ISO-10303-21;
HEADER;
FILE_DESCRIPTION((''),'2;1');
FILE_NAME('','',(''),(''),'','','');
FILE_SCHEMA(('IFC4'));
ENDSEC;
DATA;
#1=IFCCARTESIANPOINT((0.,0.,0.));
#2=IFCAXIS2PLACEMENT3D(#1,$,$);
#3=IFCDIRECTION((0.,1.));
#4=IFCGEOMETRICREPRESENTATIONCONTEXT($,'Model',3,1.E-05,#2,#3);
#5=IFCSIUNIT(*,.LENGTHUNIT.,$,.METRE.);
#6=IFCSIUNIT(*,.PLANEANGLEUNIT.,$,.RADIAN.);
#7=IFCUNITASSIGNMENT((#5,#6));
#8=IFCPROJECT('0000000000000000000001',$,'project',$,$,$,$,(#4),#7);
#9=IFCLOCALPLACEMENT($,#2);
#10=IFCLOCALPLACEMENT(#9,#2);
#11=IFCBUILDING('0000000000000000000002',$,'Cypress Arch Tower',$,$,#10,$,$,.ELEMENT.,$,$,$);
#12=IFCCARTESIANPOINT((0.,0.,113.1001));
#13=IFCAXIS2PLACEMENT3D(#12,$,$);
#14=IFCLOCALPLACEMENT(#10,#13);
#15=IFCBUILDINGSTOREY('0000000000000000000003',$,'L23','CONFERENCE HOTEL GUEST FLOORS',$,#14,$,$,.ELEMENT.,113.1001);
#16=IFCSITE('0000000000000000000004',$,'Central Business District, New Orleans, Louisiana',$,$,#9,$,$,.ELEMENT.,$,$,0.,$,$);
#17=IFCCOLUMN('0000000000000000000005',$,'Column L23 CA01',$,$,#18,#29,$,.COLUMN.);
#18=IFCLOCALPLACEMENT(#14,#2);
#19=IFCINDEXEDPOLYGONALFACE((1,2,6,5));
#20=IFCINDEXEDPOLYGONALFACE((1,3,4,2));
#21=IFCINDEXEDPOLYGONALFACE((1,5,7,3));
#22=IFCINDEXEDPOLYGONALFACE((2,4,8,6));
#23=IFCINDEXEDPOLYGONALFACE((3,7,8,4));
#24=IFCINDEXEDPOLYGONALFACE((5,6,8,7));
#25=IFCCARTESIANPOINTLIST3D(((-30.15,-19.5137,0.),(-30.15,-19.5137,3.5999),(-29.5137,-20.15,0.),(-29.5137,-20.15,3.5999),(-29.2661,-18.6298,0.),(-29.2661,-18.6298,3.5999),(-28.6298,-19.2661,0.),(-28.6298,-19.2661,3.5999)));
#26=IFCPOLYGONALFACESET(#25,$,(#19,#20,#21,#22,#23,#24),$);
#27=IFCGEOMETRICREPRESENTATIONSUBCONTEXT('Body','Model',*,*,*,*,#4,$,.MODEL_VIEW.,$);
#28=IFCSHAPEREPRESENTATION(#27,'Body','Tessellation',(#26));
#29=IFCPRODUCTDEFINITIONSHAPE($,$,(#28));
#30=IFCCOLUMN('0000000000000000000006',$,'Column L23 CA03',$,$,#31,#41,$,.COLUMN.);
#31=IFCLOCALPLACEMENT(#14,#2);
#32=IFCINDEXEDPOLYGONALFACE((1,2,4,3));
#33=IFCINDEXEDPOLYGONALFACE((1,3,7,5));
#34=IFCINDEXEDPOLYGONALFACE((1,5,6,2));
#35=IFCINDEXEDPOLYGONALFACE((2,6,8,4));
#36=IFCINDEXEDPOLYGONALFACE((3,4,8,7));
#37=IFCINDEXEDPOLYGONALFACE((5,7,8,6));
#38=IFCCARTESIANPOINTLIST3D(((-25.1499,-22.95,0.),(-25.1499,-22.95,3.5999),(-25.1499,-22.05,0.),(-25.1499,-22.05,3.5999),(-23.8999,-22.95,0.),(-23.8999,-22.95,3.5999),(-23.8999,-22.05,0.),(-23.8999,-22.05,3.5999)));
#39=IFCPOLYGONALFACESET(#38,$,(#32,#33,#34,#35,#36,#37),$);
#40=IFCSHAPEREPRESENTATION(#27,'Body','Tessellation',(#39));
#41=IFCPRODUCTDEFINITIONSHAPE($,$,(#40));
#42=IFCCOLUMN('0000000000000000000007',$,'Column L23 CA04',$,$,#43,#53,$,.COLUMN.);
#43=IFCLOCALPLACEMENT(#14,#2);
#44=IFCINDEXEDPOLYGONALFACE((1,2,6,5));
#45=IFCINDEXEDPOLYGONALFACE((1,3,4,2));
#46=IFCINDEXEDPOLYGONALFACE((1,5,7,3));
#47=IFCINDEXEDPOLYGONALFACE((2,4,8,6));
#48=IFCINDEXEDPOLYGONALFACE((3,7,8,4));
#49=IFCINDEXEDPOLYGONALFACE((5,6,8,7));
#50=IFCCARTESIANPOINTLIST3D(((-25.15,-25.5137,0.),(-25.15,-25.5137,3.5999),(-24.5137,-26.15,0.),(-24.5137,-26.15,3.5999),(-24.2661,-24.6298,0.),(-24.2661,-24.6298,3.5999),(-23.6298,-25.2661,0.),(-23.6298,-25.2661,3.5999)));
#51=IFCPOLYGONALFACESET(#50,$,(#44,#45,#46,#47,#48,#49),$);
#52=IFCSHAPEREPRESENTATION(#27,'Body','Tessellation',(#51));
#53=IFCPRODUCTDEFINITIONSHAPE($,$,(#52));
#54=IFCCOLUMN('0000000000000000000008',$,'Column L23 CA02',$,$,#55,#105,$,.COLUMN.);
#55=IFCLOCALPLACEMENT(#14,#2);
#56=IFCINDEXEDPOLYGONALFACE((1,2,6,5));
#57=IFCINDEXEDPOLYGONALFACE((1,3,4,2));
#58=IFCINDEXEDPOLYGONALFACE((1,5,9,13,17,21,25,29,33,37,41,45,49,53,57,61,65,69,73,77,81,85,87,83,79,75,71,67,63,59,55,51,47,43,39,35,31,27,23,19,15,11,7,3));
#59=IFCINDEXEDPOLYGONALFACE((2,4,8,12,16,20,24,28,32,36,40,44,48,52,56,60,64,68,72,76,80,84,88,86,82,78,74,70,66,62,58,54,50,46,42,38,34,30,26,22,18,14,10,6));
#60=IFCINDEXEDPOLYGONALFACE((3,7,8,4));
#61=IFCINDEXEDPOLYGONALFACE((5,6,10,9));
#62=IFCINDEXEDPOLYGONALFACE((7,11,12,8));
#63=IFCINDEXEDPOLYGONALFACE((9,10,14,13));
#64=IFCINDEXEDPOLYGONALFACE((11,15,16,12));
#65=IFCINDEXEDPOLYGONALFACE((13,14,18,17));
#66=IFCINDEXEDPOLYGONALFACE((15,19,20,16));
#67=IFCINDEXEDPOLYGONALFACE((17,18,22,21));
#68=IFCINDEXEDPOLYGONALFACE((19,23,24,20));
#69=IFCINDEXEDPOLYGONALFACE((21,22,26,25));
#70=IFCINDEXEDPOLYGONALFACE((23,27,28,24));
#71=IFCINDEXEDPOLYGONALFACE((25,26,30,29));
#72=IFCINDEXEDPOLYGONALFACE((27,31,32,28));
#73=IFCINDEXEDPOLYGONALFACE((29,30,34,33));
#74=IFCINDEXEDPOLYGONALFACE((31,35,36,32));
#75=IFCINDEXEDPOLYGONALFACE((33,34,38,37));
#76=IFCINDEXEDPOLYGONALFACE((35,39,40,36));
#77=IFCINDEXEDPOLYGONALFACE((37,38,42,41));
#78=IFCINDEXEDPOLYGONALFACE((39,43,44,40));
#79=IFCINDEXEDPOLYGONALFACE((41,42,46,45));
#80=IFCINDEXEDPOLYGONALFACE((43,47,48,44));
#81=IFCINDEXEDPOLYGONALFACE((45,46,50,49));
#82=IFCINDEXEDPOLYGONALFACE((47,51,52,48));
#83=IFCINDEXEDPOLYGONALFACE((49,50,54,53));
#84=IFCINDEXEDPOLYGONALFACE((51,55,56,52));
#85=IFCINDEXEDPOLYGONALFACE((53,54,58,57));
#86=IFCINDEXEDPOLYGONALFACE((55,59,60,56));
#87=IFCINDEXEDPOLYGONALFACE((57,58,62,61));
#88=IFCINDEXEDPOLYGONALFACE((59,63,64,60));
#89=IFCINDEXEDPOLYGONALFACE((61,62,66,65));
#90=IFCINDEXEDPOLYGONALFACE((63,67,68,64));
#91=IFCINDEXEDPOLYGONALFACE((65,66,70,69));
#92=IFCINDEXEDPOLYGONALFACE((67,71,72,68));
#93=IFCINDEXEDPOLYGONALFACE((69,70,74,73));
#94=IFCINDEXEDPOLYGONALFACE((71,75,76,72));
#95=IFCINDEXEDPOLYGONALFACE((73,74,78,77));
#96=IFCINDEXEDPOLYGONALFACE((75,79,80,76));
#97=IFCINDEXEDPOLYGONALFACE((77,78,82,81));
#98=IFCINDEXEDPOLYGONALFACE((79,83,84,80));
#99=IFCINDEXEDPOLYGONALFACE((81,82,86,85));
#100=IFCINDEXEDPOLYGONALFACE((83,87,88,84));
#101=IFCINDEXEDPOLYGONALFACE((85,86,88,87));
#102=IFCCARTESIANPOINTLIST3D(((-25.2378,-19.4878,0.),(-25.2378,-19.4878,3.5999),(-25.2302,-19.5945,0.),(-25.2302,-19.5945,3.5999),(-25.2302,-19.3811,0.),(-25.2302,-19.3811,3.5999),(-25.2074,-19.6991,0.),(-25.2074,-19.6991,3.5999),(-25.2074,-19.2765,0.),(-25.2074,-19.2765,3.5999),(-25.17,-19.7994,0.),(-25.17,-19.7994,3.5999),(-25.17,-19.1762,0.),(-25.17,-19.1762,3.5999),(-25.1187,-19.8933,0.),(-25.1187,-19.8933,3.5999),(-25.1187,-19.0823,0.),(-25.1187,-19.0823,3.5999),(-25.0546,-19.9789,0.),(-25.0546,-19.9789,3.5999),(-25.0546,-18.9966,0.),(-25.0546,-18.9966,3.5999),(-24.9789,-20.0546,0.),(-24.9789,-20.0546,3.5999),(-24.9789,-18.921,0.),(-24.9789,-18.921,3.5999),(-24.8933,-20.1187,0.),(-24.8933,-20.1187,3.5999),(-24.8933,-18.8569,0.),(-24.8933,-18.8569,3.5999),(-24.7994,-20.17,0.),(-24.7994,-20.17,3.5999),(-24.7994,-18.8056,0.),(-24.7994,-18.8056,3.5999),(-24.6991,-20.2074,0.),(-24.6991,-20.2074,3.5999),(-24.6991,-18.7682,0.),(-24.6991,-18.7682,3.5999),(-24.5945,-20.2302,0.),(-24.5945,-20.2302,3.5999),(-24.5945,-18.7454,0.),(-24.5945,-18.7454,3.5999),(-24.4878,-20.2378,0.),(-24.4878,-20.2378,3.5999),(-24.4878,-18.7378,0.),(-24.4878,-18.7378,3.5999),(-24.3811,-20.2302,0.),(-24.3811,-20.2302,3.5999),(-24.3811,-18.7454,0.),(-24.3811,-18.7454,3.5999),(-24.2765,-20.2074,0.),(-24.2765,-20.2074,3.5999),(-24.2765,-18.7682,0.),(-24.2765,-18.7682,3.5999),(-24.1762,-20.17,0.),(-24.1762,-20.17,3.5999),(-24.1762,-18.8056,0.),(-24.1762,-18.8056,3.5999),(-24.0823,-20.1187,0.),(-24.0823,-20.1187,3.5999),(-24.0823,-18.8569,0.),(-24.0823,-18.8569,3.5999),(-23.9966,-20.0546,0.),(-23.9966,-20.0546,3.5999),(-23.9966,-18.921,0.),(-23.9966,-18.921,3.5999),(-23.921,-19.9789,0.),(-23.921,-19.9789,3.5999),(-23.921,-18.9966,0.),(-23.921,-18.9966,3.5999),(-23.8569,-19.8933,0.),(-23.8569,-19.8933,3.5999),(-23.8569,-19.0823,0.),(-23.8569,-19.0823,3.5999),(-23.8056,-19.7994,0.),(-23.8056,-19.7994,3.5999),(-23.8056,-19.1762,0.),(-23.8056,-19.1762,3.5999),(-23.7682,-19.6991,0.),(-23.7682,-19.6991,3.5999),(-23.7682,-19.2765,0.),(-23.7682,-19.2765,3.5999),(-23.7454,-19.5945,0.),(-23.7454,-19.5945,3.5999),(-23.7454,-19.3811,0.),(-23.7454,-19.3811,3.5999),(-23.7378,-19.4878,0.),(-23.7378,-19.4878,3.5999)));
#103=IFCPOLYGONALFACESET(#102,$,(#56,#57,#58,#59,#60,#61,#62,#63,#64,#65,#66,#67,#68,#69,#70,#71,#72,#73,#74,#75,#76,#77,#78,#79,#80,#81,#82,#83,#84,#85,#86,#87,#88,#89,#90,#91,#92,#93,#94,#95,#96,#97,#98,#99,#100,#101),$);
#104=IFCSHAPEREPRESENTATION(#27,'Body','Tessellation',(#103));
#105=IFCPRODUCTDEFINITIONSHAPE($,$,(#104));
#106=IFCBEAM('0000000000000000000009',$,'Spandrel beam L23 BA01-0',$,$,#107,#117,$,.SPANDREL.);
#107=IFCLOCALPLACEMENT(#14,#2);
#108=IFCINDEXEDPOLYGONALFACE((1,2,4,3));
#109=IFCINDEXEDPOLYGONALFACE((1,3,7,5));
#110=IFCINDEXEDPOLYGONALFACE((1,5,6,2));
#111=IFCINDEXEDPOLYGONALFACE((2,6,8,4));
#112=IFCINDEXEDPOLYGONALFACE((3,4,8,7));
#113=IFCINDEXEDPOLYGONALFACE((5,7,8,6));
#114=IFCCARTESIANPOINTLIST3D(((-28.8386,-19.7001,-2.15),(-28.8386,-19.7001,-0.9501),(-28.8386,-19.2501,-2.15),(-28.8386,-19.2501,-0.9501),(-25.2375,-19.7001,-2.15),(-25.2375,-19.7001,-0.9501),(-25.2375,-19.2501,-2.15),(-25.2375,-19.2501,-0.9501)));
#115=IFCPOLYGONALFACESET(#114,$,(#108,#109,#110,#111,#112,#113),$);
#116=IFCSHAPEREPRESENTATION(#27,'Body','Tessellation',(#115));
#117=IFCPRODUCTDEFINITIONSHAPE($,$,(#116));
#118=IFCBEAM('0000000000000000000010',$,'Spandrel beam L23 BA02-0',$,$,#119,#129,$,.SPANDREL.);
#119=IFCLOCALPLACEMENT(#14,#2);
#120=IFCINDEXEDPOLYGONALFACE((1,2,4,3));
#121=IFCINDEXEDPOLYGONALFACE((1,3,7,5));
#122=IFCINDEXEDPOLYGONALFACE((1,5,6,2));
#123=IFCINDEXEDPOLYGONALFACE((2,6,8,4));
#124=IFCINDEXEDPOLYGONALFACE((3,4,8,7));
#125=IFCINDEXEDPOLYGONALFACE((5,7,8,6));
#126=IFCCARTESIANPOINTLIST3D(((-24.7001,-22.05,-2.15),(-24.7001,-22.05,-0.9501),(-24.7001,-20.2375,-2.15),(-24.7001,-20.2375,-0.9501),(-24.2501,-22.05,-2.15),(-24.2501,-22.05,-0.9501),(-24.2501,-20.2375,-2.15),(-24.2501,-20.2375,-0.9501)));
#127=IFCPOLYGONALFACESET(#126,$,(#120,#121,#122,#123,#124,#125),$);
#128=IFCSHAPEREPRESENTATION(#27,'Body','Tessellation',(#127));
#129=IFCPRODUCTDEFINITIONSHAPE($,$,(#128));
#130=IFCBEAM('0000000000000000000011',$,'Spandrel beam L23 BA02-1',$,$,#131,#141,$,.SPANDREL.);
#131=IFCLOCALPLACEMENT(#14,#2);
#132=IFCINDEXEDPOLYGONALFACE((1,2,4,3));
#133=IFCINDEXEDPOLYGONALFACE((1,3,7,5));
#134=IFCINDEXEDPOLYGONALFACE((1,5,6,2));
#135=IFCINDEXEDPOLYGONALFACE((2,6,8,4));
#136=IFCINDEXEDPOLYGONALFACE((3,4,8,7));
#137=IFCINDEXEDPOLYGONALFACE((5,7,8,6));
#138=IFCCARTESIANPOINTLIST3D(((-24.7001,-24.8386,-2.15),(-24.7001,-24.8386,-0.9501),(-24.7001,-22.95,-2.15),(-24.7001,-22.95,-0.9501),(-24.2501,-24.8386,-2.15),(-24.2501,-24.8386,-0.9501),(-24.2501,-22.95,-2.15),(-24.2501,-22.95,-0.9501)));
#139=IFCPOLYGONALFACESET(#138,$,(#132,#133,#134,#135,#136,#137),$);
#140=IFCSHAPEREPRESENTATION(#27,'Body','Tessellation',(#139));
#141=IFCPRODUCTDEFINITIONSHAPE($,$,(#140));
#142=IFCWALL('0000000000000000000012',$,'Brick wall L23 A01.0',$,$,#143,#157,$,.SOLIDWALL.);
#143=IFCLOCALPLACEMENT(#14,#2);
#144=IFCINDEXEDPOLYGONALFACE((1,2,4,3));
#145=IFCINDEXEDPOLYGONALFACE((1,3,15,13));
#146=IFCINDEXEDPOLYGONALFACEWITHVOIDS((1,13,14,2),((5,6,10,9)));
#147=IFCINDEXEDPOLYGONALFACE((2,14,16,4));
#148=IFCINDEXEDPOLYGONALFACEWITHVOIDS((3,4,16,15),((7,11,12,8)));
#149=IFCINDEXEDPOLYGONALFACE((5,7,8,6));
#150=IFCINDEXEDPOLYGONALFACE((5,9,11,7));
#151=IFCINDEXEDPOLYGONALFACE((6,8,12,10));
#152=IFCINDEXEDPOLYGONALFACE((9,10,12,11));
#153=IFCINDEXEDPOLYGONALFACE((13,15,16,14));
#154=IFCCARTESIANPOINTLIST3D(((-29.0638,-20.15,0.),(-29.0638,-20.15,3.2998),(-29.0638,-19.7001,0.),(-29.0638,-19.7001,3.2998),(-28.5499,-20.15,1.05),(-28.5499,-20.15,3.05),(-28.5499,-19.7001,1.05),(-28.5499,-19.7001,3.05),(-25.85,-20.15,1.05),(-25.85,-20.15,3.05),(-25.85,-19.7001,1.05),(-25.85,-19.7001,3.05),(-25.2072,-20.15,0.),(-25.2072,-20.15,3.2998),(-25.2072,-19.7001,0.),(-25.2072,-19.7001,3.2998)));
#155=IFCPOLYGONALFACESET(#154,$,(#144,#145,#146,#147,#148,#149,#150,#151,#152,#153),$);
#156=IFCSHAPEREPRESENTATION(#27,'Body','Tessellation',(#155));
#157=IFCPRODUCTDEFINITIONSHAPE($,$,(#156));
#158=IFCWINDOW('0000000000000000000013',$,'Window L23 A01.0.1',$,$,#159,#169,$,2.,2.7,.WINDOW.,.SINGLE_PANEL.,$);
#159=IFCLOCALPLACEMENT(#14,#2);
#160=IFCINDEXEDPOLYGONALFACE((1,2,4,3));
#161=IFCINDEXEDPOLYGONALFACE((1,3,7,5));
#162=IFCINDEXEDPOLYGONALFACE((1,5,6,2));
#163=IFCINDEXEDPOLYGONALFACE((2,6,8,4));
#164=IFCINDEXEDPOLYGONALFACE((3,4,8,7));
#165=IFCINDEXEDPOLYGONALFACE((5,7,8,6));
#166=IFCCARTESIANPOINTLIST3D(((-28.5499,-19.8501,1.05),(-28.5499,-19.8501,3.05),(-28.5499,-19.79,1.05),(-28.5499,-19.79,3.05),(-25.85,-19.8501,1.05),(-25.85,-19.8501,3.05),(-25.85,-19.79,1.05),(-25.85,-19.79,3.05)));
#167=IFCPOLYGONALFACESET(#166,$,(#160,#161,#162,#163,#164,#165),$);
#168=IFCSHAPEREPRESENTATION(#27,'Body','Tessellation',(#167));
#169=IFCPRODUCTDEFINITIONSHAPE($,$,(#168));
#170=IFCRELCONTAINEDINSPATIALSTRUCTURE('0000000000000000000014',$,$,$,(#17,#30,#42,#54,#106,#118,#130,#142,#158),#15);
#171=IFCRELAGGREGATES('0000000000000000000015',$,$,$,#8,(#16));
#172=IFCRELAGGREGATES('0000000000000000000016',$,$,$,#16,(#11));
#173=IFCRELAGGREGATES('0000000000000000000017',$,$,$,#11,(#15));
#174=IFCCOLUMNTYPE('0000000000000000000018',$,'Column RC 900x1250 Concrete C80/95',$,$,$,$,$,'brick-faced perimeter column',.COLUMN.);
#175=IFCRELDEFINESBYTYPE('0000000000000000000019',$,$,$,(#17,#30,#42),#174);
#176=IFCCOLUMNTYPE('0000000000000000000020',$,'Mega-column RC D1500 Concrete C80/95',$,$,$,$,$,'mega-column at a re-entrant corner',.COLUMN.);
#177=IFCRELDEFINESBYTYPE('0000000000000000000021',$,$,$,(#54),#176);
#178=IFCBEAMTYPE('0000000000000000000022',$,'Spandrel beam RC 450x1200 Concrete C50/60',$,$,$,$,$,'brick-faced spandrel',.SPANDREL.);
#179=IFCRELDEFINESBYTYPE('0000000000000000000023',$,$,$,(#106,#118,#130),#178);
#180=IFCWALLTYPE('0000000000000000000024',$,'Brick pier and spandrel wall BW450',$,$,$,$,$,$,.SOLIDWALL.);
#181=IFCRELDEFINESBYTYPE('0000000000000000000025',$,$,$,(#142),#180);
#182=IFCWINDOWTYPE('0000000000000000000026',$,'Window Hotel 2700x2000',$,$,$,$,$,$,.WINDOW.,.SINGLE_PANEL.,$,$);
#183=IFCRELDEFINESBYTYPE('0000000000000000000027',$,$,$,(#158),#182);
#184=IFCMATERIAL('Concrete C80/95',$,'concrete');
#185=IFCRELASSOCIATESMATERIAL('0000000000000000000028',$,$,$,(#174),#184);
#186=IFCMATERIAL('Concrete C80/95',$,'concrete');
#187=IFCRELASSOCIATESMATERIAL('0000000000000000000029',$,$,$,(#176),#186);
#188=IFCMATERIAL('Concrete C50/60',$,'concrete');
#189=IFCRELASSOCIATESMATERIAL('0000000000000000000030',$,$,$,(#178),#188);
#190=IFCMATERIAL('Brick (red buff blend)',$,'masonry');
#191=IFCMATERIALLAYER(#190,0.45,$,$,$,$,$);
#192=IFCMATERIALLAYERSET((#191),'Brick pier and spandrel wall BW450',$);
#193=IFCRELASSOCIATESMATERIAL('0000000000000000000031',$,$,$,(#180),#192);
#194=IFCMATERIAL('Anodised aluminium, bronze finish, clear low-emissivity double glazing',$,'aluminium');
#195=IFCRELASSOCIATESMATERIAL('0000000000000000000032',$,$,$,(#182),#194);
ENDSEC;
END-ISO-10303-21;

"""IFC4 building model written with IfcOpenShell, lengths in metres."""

from ifc_helpers import new_model, si_unit, direction, frame, frame_2d, origin, origin_2d, place, context, subcontext, project, spatial, rectangle, circle, extrude, material, layer, layer_set, material_profile, profile_set, type_object, element, fill, save


model = new_model("IFC4")

# Units and contexts
model_context = context("Model", 3, precision=1e-05, world=origin(), true_north=direction((0.0, 1.0)))
body_context = subcontext(model_context, "Body", "Model", "MODEL_VIEW")
ifc_project = project(units=[si_unit("LENGTHUNIT", "METRE"), si_unit("PLANEANGLEUNIT", "RADIAN")], contexts=[model_context])

# Site, building, storey
site_placement = place(None, origin())
site = spatial("IfcSite", under=ifc_project, at=site_placement, Name="Central Business District, New Orleans, Louisiana", CompositionType="ELEMENT", RefElevation=0.0)
building_placement = place(site_placement, origin())
building = spatial("IfcBuilding", under=site, at=building_placement, Name="Cypress Arch Tower", CompositionType="ELEMENT")
storey_placement = place(building_placement, frame((0.0, 0.0, 113.1001)))
storey = spatial("IfcBuildingStorey", under=building, at=storey_placement, Name="L23", Description="CONFERENCE HOTEL GUEST FLOORS", CompositionType="ELEMENT", Elevation=113.1001)

# Columns
ifc_material_1 = material(Name="Concrete C80/95", Category="concrete")
ifc_material_profile_1 = material_profile(ifc_material_1, rectangle(XDim=0.8999, YDim=1.25, at=origin_2d()), Name="RC 900x1250")
ifc_profile_set_1 = profile_set([ifc_material_profile_1], Name="Concrete C80/95")
column_type_1 = type_object("IfcColumnType", Name="Column RC 900x1250 Concrete C80/95", ElementType="brick-faced perimeter column", PredefinedType="COLUMN", material=ifc_profile_set_1)
for number, where, z_axis, x_axis, name in (
    (1, (-29.3899, -19.3899, 0.0), (0.0, 0.0, 1.0), (0.707107, -0.707107, 0.0), "Column L23 CA01"),
    (2, (-24.5249, -22.5, 0.0), (0.0, 0.0, 1.0), (0.0, -1.0, 0.0), "Column L23 CA03"),
    (3, (-24.3899, -25.3899, 0.0), (0.0, 0.0, 1.0), (0.707107, -0.707107, 0.0), "Column L23 CA04"),
):
    element("IfcColumn", number, at=place(storey_placement, frame(where, z_axis=z_axis, x_axis=x_axis)), inside=storey, type_object=column_type_1, Name=name, PredefinedType="COLUMN", context=body_context, shape_type="SweptSolid", body=[
        extrude(rectangle(XDim=0.8999, YDim=1.25, at=origin_2d()), origin(), (0.0, 0.0, 1.0), 3.5999),
    ])
ifc_material_2 = material(Name="Concrete C80/95", Category="concrete")
ifc_material_profile_2 = material_profile(ifc_material_2, circle(Radius=0.75, at=origin_2d()), Name="RC D1500")
ifc_profile_set_2 = profile_set([ifc_material_profile_2], Name="Concrete C80/95")
column_type_2 = type_object("IfcColumnType", Name="Mega-column RC D1500 Concrete C80/95", ElementType="mega-column at a re-entrant corner", PredefinedType="COLUMN", material=ifc_profile_set_2)
column_placement = place(storey_placement, frame((-24.4878, -19.4878, 0.0), z_axis=(0.0, 0.0, 1.0), x_axis=(1.0, 0.0, 0.0)))
element("IfcColumn", 4, at=column_placement, inside=storey, type_object=column_type_2, Name="Column L23 CA02", PredefinedType="COLUMN", context=body_context, shape_type="SweptSolid", body=[
    extrude(circle(Radius=0.75, at=origin_2d()), origin(), (0.0, 0.0, 1.0), 3.5999),
])

# Beams
ifc_material_3 = material(Name="Concrete C50/60", Category="concrete")
ifc_material_profile_3 = material_profile(ifc_material_3, rectangle(XDim=0.45, YDim=1.2, at=origin_2d()), Name="RC 450x1200")
ifc_profile_set_3 = profile_set([ifc_material_profile_3], Name="Concrete C50/60")
beam_type = type_object("IfcBeamType", Name="Spandrel beam RC 450x1200 Concrete C50/60", ElementType="brick-faced spandrel", PredefinedType="SPANDREL", material=ifc_profile_set_3)
beam_1_placement = place(storey_placement, frame((-28.8386, -19.4751, -1.55), z_axis=(1.0, 0.0, 0.0), x_axis=(0.0, 1.0, 0.0)))
element("IfcBeam", 5, at=beam_1_placement, inside=storey, type_object=beam_type, Name="Spandrel beam L23 BA01-0", PredefinedType="SPANDREL", context=body_context, shape_type="SweptSolid", body=[
    extrude(rectangle(XDim=0.45, YDim=1.2, at=origin_2d()), origin(), (0.0, 0.0, 1.0), 3.6011),
])
beam_2_placement = place(storey_placement, frame((-24.4751, -20.2375, -1.55), z_axis=(0.0, -1.0, 0.0), x_axis=(1.0, 0.0, 0.0)))
element("IfcBeam", 6, at=beam_2_placement, inside=storey, type_object=beam_type, Name="Spandrel beam L23 BA02-0", PredefinedType="SPANDREL", context=body_context, shape_type="SweptSolid", body=[
    extrude(rectangle(XDim=0.45, YDim=1.2, at=origin_2d()), origin(), (0.0, 0.0, 1.0), 1.8125),
])
beam_3_placement = place(storey_placement, frame((-24.4751, -22.95, -1.55), z_axis=(0.0, -1.0, 0.0), x_axis=(1.0, 0.0, 0.0)))
element("IfcBeam", 7, at=beam_3_placement, inside=storey, type_object=beam_type, Name="Spandrel beam L23 BA02-1", PredefinedType="SPANDREL", context=body_context, shape_type="SweptSolid", body=[
    extrude(rectangle(XDim=0.45, YDim=1.2, at=origin_2d()), origin(), (0.0, 0.0, 1.0), 1.8887),
])

# Wall, opening, window
ifc_material_4 = material(Name="Brick (red buff blend)", Category="masonry")
ifc_layer_1 = layer(ifc_material_4, 0.45)
ifc_layer_set_1 = layer_set([ifc_layer_1], Name="Brick pier and spandrel wall BW450")
wall_type_1 = type_object("IfcWallType", Name="Brick pier and spandrel wall BW450", PredefinedType="SOLIDWALL", material=ifc_layer_set_1)
wall_1_placement = place(storey_placement, frame((-29.0637, -19.925, 0.0), z_axis=(0.0, 0.0, 1.0), x_axis=(1.0, 0.0, 0.0)))
wall_1 = element("IfcWall", 8, at=wall_1_placement, inside=storey, type_object=wall_type_1, Name="Brick wall L23 A01.0", PredefinedType="SOLIDWALL", context=body_context, shape_type="SweptSolid", body=[
    extrude(rectangle(XDim=3.8567, YDim=0.45, at=frame_2d((1.9282, 0.0))), origin(), (0.0, 0.0, 1.0), 3.2998),
])
opening_1_placement = place(wall_1_placement, frame((0.5137, 0.0, 1.05)))
opening_1 = element("IfcOpeningElement", 9, at=opening_1_placement, cuts=wall_1, PredefinedType="OPENING", context=body_context, shape_type="SweptSolid", body=[
    extrude(rectangle(XDim=2.7, YDim=2.0, at=frame_2d((1.3501, 1.0))), frame((0.0, 0.2349, 0.0), z_axis=(0.0, -1.0, 0.0), x_axis=(1.0, 0.0, 0.0)), (0.0, 0.0, 1.0), 0.47),
])
ifc_material_5 = material(Name="Anodised aluminium, bronze finish, clear low-emissivity double glazing", Category="aluminium")
window_type_1 = type_object("IfcWindowType", Name="Window Hotel 2700x2000", PartitioningType="SINGLE_PANEL", PredefinedType="WINDOW", material=ifc_material_5)
window_1_placement = place(opening_1_placement, origin())
window_1 = element("IfcWindow", 10, at=window_1_placement, inside=storey, type_object=window_type_1, Name="Window L23 A01.0.1", OverallHeight=2.0, OverallWidth=2.7, PartitioningType="SINGLE_PANEL", PredefinedType="WINDOW", context=body_context, shape_type="SweptSolid", body=[
    extrude(rectangle(XDim=2.7, YDim=2.0, at=frame_2d((1.3501, 1.0))), frame((0.0, 0.135, 0.0), z_axis=(0.0, -1.0, 0.0), x_axis=(1.0, 0.0, 0.0)), (0.0, 0.0, 1.0), 0.0601),
])
fill(opening_1, window_1)

save(model, "model.ifc")
